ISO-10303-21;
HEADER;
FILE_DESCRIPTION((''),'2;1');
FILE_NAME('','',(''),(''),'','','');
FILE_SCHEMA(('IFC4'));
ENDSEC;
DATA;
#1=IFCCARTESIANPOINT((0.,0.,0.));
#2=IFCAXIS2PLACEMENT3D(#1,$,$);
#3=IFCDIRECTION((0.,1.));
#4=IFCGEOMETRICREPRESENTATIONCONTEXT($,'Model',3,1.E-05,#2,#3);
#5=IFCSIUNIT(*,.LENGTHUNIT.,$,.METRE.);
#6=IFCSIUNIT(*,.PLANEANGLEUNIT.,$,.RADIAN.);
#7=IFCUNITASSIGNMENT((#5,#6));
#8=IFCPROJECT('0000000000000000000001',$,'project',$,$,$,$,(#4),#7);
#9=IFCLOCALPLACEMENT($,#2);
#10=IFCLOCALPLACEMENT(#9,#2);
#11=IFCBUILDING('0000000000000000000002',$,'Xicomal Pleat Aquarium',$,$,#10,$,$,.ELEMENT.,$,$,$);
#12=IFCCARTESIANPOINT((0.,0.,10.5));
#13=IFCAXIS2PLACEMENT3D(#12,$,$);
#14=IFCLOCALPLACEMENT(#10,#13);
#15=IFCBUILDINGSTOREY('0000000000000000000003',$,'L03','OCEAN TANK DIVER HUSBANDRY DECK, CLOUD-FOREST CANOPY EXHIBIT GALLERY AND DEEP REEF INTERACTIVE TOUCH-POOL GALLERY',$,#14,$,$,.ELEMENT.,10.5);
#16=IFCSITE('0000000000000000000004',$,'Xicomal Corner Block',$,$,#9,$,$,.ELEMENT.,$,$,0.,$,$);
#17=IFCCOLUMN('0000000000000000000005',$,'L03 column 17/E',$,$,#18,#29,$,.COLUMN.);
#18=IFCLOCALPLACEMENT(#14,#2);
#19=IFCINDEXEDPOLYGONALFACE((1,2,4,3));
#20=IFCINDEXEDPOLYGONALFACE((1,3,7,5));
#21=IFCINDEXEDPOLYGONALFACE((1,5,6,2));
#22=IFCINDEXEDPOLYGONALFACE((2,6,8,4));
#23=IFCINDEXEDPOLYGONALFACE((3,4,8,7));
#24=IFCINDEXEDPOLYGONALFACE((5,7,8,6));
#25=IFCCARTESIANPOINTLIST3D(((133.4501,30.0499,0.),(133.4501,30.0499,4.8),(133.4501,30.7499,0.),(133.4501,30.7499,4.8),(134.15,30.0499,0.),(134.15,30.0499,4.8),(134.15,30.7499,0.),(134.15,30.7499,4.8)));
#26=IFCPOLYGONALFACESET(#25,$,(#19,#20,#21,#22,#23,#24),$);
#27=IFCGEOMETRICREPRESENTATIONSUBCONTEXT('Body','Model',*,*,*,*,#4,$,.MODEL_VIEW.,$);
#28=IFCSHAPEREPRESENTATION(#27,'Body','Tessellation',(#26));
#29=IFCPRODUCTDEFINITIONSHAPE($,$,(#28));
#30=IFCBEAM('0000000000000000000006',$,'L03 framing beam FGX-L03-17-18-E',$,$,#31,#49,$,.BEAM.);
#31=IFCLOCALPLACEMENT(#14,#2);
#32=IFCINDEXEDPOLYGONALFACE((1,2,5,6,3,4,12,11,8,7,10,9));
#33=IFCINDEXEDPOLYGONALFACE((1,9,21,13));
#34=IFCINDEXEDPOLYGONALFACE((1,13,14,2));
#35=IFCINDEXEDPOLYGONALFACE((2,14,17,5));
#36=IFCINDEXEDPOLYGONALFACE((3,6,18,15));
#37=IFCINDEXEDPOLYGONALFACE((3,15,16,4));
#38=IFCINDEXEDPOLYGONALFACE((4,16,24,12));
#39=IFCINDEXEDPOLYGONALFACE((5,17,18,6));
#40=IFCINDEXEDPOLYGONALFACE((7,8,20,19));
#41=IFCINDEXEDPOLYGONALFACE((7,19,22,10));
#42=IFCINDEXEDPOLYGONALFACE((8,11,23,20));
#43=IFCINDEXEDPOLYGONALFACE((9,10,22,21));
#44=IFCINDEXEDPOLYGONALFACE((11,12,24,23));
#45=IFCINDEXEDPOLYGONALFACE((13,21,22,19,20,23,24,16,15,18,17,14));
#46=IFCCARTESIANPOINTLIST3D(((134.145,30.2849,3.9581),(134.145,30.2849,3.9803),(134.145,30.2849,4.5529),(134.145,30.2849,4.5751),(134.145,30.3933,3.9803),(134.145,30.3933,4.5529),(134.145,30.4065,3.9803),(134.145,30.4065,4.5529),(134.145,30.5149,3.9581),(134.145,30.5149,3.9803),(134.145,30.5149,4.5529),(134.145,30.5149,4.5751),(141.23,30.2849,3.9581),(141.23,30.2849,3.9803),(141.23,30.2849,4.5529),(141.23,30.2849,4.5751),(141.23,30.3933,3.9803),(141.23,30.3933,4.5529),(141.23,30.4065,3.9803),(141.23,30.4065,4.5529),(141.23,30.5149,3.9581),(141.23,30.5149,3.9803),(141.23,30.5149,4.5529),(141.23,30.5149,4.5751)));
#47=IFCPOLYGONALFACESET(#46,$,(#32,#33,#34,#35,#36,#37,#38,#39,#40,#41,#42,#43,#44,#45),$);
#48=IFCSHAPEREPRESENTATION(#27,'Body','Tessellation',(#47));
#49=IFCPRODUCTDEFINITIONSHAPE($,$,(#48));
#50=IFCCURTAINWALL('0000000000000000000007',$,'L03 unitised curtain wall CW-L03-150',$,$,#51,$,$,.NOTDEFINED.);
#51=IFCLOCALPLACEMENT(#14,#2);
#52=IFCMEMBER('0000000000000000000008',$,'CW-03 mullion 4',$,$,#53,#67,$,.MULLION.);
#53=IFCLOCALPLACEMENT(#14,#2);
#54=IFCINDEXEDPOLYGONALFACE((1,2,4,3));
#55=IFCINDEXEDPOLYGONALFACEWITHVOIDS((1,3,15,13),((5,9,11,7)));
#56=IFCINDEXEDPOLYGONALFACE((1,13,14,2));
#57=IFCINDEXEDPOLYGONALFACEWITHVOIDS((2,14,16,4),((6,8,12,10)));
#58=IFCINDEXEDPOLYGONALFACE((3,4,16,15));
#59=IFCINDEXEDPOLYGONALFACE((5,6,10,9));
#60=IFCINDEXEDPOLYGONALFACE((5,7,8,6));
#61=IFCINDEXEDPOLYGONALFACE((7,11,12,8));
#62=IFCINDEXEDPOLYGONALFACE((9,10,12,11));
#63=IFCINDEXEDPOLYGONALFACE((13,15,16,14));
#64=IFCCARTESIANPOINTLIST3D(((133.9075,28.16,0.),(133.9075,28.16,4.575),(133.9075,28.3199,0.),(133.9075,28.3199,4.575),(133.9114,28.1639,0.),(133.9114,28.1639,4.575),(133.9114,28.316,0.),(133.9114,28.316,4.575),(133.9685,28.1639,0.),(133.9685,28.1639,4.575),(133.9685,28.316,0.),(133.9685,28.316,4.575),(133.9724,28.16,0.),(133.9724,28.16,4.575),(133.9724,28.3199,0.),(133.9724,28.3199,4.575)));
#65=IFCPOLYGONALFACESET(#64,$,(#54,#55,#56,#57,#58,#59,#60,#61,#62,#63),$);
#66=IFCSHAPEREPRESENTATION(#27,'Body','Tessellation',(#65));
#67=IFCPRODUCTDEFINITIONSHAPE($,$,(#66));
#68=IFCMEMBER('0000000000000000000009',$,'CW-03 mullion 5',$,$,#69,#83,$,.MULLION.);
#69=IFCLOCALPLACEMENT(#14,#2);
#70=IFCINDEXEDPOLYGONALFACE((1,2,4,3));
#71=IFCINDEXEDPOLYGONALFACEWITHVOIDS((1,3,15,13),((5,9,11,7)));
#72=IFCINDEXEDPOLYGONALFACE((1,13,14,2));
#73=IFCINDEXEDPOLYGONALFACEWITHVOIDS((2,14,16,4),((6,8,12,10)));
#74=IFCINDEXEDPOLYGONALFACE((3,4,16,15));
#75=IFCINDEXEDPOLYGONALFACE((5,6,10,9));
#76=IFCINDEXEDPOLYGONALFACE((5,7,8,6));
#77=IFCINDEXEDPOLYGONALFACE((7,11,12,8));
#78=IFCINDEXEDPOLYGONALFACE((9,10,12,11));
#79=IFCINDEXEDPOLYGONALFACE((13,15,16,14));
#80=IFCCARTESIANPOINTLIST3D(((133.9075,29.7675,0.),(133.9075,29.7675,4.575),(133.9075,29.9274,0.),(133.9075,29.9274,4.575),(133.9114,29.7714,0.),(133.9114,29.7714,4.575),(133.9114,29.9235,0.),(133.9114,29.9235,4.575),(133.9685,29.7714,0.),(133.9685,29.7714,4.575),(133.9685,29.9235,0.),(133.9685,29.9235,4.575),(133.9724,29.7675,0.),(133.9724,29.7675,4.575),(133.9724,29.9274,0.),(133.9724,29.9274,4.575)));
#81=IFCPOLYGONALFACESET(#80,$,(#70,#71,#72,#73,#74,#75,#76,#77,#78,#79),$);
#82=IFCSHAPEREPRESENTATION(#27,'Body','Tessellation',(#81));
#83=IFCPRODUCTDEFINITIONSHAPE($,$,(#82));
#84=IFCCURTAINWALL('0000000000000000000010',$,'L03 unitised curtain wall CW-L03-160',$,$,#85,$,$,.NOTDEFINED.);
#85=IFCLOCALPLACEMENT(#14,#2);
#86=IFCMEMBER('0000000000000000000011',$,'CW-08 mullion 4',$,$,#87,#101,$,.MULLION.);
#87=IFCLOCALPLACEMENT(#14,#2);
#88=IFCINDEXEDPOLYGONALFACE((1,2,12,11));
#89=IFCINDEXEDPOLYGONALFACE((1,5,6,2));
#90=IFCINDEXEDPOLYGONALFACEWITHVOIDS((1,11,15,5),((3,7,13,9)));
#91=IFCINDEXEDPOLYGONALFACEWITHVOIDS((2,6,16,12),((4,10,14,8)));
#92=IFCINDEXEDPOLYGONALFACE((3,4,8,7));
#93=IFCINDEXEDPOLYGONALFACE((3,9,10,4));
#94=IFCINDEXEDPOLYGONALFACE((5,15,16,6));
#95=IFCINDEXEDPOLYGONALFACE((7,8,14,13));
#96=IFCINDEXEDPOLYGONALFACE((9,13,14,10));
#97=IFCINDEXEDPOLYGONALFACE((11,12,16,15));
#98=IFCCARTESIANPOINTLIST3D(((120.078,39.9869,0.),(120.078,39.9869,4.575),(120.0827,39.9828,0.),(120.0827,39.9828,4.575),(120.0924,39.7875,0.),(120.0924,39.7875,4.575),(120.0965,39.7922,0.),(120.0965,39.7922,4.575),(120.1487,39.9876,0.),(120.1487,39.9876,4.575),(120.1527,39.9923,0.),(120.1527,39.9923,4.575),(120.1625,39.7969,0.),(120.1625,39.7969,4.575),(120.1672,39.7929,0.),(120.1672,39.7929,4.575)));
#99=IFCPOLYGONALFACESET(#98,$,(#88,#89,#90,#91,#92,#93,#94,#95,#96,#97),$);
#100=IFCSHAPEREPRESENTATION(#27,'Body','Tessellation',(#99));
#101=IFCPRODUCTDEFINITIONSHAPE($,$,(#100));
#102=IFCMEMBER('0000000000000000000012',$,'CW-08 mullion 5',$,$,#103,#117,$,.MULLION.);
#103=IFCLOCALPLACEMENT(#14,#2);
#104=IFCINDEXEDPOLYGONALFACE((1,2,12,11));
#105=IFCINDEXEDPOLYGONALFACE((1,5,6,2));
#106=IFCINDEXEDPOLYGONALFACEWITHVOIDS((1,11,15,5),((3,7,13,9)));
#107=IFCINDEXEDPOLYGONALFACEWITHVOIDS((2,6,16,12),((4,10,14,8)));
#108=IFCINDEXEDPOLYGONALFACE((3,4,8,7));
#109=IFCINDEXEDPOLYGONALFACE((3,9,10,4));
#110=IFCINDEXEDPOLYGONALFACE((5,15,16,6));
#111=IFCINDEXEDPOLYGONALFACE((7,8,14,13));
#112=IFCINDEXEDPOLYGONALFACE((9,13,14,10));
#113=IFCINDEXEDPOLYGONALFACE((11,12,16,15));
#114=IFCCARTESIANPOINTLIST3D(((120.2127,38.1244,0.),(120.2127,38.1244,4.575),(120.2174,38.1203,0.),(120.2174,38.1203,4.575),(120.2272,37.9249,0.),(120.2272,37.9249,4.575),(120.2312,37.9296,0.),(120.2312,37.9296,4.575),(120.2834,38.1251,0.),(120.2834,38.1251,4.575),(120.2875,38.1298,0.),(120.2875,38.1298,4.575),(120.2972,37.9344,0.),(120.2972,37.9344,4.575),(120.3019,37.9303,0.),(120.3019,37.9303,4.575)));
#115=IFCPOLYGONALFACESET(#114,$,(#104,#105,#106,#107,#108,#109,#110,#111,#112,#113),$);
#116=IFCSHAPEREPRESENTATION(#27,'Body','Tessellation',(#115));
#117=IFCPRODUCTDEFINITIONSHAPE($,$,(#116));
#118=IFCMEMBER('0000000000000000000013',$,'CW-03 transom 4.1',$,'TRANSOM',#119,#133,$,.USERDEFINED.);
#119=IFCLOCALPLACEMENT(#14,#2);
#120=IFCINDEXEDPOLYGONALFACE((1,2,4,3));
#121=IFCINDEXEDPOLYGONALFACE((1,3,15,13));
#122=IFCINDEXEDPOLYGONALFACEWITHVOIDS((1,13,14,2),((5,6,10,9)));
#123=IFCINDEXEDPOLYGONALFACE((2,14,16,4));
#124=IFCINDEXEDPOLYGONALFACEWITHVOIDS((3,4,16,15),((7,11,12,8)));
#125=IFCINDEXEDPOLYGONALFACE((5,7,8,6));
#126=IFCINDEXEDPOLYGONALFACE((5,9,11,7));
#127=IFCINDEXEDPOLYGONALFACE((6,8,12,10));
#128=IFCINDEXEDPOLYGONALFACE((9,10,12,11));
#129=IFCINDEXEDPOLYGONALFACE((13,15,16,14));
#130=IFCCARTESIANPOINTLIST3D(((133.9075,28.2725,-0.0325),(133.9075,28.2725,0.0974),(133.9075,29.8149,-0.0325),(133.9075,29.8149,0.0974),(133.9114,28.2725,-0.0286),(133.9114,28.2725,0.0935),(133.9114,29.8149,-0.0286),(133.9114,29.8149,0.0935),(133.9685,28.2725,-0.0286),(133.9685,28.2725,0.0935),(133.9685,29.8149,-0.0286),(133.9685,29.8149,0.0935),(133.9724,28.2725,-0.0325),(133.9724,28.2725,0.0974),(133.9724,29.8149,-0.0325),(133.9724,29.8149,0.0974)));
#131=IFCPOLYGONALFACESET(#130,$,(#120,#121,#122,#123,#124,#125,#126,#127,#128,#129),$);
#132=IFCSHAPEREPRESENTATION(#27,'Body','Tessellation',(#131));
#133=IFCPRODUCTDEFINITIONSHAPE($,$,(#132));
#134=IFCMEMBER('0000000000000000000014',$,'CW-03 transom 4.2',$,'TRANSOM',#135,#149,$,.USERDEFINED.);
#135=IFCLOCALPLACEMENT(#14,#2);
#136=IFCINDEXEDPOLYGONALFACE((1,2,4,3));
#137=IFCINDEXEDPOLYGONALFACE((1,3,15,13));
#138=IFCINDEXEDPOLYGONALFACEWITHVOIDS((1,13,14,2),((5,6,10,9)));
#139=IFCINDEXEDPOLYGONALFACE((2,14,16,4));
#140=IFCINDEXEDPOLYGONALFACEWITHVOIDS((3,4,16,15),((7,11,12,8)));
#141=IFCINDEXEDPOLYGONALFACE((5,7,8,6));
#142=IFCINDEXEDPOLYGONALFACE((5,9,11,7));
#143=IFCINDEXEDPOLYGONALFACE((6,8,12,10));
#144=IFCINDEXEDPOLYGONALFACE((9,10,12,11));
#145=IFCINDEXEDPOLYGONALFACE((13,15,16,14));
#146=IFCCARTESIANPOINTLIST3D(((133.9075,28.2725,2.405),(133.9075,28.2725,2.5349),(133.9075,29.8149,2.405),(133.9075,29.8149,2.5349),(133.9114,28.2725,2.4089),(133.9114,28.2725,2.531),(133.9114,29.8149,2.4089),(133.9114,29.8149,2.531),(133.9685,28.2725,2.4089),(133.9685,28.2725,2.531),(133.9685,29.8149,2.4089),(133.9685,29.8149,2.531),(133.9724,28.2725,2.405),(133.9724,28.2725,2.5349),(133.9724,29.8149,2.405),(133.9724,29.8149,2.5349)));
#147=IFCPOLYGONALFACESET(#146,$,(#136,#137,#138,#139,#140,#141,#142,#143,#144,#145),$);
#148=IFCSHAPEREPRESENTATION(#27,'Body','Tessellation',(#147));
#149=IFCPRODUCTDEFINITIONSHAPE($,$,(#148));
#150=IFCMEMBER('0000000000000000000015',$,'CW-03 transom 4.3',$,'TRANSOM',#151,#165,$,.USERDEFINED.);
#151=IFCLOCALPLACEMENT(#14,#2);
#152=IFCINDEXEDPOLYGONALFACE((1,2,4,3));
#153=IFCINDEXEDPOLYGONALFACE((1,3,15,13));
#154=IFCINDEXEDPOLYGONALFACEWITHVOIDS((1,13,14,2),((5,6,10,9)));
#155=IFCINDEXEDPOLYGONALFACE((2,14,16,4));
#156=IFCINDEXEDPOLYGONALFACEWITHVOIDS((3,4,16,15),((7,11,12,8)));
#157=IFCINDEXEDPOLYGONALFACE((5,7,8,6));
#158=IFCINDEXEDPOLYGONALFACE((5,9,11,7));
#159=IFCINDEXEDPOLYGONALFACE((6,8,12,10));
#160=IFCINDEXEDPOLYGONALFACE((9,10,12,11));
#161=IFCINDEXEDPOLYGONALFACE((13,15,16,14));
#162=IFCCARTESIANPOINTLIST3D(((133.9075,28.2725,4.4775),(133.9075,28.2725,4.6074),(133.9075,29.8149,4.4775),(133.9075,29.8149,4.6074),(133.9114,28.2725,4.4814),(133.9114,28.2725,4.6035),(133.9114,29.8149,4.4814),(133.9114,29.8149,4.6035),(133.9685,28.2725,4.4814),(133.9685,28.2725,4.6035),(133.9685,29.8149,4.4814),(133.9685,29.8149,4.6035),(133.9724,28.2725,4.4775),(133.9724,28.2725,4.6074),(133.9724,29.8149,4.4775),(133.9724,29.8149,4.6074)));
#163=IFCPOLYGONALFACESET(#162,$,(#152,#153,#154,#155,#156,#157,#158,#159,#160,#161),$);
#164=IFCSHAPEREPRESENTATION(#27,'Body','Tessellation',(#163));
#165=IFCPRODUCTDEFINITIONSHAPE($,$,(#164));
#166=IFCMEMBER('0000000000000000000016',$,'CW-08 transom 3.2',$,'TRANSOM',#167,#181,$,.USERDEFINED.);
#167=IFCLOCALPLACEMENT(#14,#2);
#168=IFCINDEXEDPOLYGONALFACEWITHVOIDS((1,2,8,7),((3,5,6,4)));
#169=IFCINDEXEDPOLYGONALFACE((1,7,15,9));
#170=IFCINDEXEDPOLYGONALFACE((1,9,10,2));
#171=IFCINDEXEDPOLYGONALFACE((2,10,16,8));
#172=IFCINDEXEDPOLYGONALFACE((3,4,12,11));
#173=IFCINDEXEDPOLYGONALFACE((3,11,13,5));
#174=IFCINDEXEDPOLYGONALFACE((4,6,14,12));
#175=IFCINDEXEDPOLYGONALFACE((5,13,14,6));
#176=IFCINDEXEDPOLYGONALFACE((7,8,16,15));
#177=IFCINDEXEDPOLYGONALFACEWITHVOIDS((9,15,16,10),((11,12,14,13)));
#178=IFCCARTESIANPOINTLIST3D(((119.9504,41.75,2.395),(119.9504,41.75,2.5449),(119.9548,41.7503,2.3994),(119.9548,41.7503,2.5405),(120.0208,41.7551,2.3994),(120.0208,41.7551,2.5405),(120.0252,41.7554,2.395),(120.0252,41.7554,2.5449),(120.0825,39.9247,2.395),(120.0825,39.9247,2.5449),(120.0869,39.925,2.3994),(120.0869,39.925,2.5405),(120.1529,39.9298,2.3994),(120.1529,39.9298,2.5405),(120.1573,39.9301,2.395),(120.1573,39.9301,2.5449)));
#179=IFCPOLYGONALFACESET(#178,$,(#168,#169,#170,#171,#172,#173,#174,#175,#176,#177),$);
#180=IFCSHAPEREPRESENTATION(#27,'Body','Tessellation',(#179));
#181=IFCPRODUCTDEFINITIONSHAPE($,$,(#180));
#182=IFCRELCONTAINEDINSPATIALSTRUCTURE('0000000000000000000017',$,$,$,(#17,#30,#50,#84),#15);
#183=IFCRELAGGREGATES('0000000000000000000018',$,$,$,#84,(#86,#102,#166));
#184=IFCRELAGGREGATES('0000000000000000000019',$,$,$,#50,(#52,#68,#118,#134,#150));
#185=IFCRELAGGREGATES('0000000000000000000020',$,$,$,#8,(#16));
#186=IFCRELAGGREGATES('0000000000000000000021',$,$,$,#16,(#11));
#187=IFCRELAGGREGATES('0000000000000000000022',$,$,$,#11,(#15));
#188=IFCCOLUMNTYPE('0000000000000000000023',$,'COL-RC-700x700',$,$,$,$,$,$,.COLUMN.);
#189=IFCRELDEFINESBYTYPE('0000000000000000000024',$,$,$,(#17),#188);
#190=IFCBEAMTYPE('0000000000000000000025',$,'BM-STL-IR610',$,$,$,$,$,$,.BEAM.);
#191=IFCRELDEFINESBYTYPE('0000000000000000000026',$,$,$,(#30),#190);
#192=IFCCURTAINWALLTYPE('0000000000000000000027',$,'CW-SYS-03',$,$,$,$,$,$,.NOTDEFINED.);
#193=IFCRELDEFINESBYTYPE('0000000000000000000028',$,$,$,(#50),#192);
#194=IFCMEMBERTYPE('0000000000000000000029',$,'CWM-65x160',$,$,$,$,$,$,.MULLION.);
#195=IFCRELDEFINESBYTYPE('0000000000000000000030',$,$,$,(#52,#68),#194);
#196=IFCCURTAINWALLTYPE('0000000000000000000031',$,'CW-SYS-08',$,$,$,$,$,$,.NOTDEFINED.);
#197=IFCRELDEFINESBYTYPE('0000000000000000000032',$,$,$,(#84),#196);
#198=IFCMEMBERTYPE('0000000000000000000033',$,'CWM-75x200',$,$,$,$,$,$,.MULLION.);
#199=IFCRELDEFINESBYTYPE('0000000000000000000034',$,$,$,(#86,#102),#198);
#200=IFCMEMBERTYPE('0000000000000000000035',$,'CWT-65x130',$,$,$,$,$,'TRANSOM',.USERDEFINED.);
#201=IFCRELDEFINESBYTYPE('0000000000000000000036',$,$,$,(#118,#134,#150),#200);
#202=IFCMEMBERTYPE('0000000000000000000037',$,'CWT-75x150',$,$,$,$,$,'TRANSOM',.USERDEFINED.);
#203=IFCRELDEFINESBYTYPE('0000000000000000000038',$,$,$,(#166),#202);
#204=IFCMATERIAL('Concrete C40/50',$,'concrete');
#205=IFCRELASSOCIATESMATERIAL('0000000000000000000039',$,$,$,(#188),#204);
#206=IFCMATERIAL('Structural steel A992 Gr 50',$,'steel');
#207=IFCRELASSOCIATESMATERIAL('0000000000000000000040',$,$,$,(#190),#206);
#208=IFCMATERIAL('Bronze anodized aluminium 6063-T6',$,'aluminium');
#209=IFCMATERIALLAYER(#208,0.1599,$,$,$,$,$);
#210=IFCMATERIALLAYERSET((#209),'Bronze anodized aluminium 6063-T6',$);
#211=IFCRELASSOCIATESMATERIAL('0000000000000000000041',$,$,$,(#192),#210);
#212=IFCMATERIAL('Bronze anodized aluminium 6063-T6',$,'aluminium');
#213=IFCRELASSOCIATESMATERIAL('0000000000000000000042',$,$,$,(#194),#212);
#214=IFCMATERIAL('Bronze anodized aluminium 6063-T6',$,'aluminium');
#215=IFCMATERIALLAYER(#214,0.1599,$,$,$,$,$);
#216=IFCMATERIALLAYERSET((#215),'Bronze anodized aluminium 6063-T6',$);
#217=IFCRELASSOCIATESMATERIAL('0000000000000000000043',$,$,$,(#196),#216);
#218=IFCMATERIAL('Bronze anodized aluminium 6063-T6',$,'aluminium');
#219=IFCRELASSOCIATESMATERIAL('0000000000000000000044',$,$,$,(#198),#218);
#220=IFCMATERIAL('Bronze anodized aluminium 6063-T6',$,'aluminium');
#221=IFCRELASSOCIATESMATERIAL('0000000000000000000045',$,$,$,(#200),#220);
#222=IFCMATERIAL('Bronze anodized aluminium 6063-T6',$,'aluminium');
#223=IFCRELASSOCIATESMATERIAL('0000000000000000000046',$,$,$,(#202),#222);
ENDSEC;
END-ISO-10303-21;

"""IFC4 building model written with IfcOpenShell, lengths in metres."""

from ifc_helpers import new_model, si_unit, direction, frame, origin, origin_2d, place, context, subcontext, project, spatial, rectangle, hollow_rectangle, i_section, extrude, material, layer, layer_set, material_profile, profile_set, type_object, element, aggregate, save


model = new_model("IFC4")

# Units and contexts
model_context = context("Model", 3, precision=1e-05, world=origin(), true_north=direction((0.0, 1.0)))
body_context = subcontext(model_context, "Body", "Model", "MODEL_VIEW")
ifc_project = project(units=[si_unit("LENGTHUNIT", "METRE"), si_unit("PLANEANGLEUNIT", "RADIAN")], contexts=[model_context])

# Site, building, storey
site_placement = place(None, origin())
site = spatial("IfcSite", under=ifc_project, at=site_placement, Name="Xicomal Corner Block", CompositionType="ELEMENT", RefElevation=0.0)
building_placement = place(site_placement, origin())
building = spatial("IfcBuilding", under=site, at=building_placement, Name="Xicomal Pleat Aquarium", CompositionType="ELEMENT")
storey_placement = place(building_placement, frame((0.0, 0.0, 10.5)))
storey = spatial("IfcBuildingStorey", under=building, at=storey_placement, Name="L03", Description="OCEAN TANK DIVER HUSBANDRY DECK, CLOUD-FOREST CANOPY EXHIBIT GALLERY AND DEEP REEF INTERACTIVE TOUCH-POOL GALLERY", CompositionType="ELEMENT", Elevation=10.5)

# Column
ifc_material_1 = material(Name="Concrete C40/50", Category="concrete")
ifc_material_profile_1 = material_profile(ifc_material_1, rectangle(XDim=0.7, YDim=0.7, at=origin_2d()), Name="RC 700x700")
ifc_profile_set_1 = profile_set([ifc_material_profile_1], Name="Concrete C40/50")
column_type = type_object("IfcColumnType", Name="COL-RC-700x700", PredefinedType="COLUMN", material=ifc_profile_set_1)
column_placement = place(storey_placement, frame((133.8, 30.3999, 0.0), z_axis=(0.0, 0.0, 1.0), x_axis=(1.0, 0.0, 0.0)))
element("IfcColumn", 1, at=column_placement, inside=storey, type_object=column_type, Name="L03 column 17/E", PredefinedType="COLUMN", context=body_context, shape_type="SweptSolid", body=[
    extrude(rectangle(XDim=0.7, YDim=0.7, at=origin_2d()), origin(), (0.0, 0.0, 1.0), 4.8),
])

# Beam
ifc_material_2 = material(Name="Structural steel A992 Gr 50", Category="steel")
ifc_material_profile_2 = material_profile(ifc_material_2, i_section(OverallWidth=0.23, OverallDepth=0.6169, WebThickness=0.0132, FlangeThickness=0.0222, at=origin_2d()), Name="IR 610x140")
ifc_profile_set_2 = profile_set([ifc_material_profile_2], Name="Structural steel A992 Gr 50")
beam_type = type_object("IfcBeamType", Name="BM-STL-IR610", PredefinedType="BEAM", material=ifc_profile_set_2)
beam_placement = place(storey_placement, frame((134.145, 30.3999, 4.2666), z_axis=(1.0, 0.0, 0.0), x_axis=(0.0, 1.0, 0.0)))
element("IfcBeam", 2, at=beam_placement, inside=storey, type_object=beam_type, Name="L03 framing beam FGX-L03-17-18-E", PredefinedType="BEAM", context=body_context, shape_type="SweptSolid", body=[
    extrude(i_section(OverallWidth=0.23, OverallDepth=0.6169, WebThickness=0.0132, FlangeThickness=0.0222, at=origin_2d()), origin(), (0.0, 0.0, 1.0), 7.085),
])

# Curtain walls, members
ifc_material_3 = material(Name="Bronze anodized aluminium 6063-T6", Category="aluminium")
ifc_layer_1 = layer(ifc_material_3, 0.1599)
ifc_layer_set_1 = layer_set([ifc_layer_1], Name="Bronze anodized aluminium 6063-T6")
curtain_wall_type_1 = type_object("IfcCurtainWallType", Name="CW-SYS-03", PredefinedType="NOTDEFINED", material=ifc_layer_set_1)
curtain_wall_1_placement = place(storey_placement, origin())
curtain_wall_1 = element("IfcCurtainWall", 3, at=curtain_wall_1_placement, inside=storey, type_object=curtain_wall_type_1, Name="L03 unitised curtain wall CW-L03-150", PredefinedType="NOTDEFINED")
ifc_material_4 = material(Name="Bronze anodized aluminium 6063-T6", Category="aluminium")
ifc_material_profile_3 = material_profile(ifc_material_4, hollow_rectangle(XDim=0.0649, YDim=0.1599, WallThickness=0.0039, at=origin_2d()), Name="ALU MULL 65x160")
ifc_profile_set_3 = profile_set([ifc_material_profile_3], Name="Bronze anodized aluminium 6063-T6")
member_type_1 = type_object("IfcMemberType", Name="CWM-65x160", PredefinedType="MULLION", material=ifc_profile_set_3)
member_1_placement = place(storey_placement, frame((133.9399, 28.24, 0.0), z_axis=(0.0, 0.0, 1.0), x_axis=(-1.0, 0.0, 0.0)))
member_1 = element("IfcMember", 4, at=member_1_placement, type_object=member_type_1, Name="CW-03 mullion 4", PredefinedType="MULLION", context=body_context, shape_type="SweptSolid", body=[
    extrude(hollow_rectangle(XDim=0.0649, YDim=0.1599, WallThickness=0.0039, at=origin_2d()), origin(), (0.0, 0.0, 1.0), 4.575),
])
member_2_placement = place(storey_placement, frame((133.9399, 29.8474, 0.0), z_axis=(0.0, 0.0, 1.0), x_axis=(-1.0, 0.0, 0.0)))
member_2 = element("IfcMember", 5, at=member_2_placement, type_object=member_type_1, Name="CW-03 mullion 5", PredefinedType="MULLION", context=body_context, shape_type="SweptSolid", body=[
    extrude(hollow_rectangle(XDim=0.0649, YDim=0.1599, WallThickness=0.0039, at=origin_2d()), origin(), (0.0, 0.0, 1.0), 4.575),
])
ifc_material_5 = material(Name="Bronze anodized aluminium 6063-T6", Category="aluminium")
ifc_layer_2 = layer(ifc_material_5, 0.1599)
ifc_layer_set_2 = layer_set([ifc_layer_2], Name="Bronze anodized aluminium 6063-T6")
curtain_wall_type_2 = type_object("IfcCurtainWallType", Name="CW-SYS-08", PredefinedType="NOTDEFINED", material=ifc_layer_set_2)
curtain_wall_2_placement = place(storey_placement, origin())
curtain_wall_2 = element("IfcCurtainWall", 6, at=curtain_wall_2_placement, inside=storey, type_object=curtain_wall_type_2, Name="L03 unitised curtain wall CW-L03-160", PredefinedType="NOTDEFINED")
ifc_material_6 = material(Name="Bronze anodized aluminium 6063-T6", Category="aluminium")
ifc_material_profile_4 = material_profile(ifc_material_6, hollow_rectangle(XDim=0.075, YDim=0.2, WallThickness=0.0044, at=origin_2d()), Name="ALU MULL 75x200")
ifc_profile_set_4 = profile_set([ifc_material_profile_4], Name="Bronze anodized aluminium 6063-T6")
member_type_2 = type_object("IfcMemberType", Name="CWM-75x200", PredefinedType="MULLION", material=ifc_profile_set_4)
member_3_placement = place(storey_placement, frame((120.1226, 39.8899, 0.0), z_axis=(0.0, 0.0, 1.0), x_axis=(0.997392, 0.07218, 0.0)))
member_3 = element("IfcMember", 7, at=member_3_placement, type_object=member_type_2, Name="CW-08 mullion 4", PredefinedType="MULLION", context=body_context, shape_type="SweptSolid", body=[
    extrude(hollow_rectangle(XDim=0.075, YDim=0.2, WallThickness=0.0044, at=origin_2d()), origin(), (0.0, 0.0, 1.0), 4.575),
])
member_4_placement = place(storey_placement, frame((120.2573, 38.0273, 0.0), z_axis=(0.0, 0.0, 1.0), x_axis=(0.997392, 0.07218, 0.0)))
member_4 = element("IfcMember", 8, at=member_4_placement, type_object=member_type_2, Name="CW-08 mullion 5", PredefinedType="MULLION", context=body_context, shape_type="SweptSolid", body=[
    extrude(hollow_rectangle(XDim=0.075, YDim=0.2, WallThickness=0.0044, at=origin_2d()), origin(), (0.0, 0.0, 1.0), 4.575),
])

# Members
ifc_material_7 = material(Name="Bronze anodized aluminium 6063-T6", Category="aluminium")
ifc_material_profile_5 = material_profile(ifc_material_7, hollow_rectangle(XDim=0.0649, YDim=0.1299, WallThickness=0.0039, at=origin_2d()), Name="ALU TRAN 65x130")
ifc_profile_set_5 = profile_set([ifc_material_profile_5], Name="Bronze anodized aluminium 6063-T6")
member_type_3 = type_object("IfcMemberType", Name="CWT-65x130", ElementType="TRANSOM", PredefinedType="USERDEFINED", material=ifc_profile_set_5)
member_5_placement = place(storey_placement, frame((133.9399, 28.2725, 0.0325), z_axis=(0.0, 1.0, 0.0), x_axis=(-1.0, 0.0, 0.0)))
member_5 = element("IfcMember", 9, at=member_5_placement, type_object=member_type_3, Name="CW-03 transom 4.1", ObjectType="TRANSOM", PredefinedType="USERDEFINED", context=body_context, shape_type="SweptSolid", body=[
    extrude(hollow_rectangle(XDim=0.0649, YDim=0.1299, WallThickness=0.0039, at=origin_2d()), origin(), (0.0, 0.0, 1.0), 1.5425),
])
member_6_placement = place(storey_placement, frame((133.9399, 28.2725, 2.47), z_axis=(0.0, 1.0, 0.0), x_axis=(-1.0, 0.0, 0.0)))
member_6 = element("IfcMember", 10, at=member_6_placement, type_object=member_type_3, Name="CW-03 transom 4.2", ObjectType="TRANSOM", PredefinedType="USERDEFINED", context=body_context, shape_type="SweptSolid", body=[
    extrude(hollow_rectangle(XDim=0.0649, YDim=0.1299, WallThickness=0.0039, at=origin_2d()), origin(), (0.0, 0.0, 1.0), 1.5425),
])
member_7_placement = place(storey_placement, frame((133.9399, 28.2725, 4.5425), z_axis=(0.0, 1.0, 0.0), x_axis=(-1.0, 0.0, 0.0)))
member_7 = element("IfcMember", 11, at=member_7_placement, type_object=member_type_3, Name="CW-03 transom 4.3", ObjectType="TRANSOM", PredefinedType="USERDEFINED", context=body_context, shape_type="SweptSolid", body=[
    extrude(hollow_rectangle(XDim=0.0649, YDim=0.1299, WallThickness=0.0039, at=origin_2d()), origin(), (0.0, 0.0, 1.0), 1.5425),
])
ifc_material_8 = material(Name="Bronze anodized aluminium 6063-T6", Category="aluminium")
ifc_material_profile_6 = material_profile(ifc_material_8, hollow_rectangle(XDim=0.075, YDim=0.1499, WallThickness=0.0044, at=origin_2d()), Name="ALU TRAN 75x150")
ifc_profile_set_6 = profile_set([ifc_material_profile_6], Name="Bronze anodized aluminium 6063-T6")
member_type_4 = type_object("IfcMemberType", Name="CWT-75x150", ElementType="TRANSOM", PredefinedType="USERDEFINED", material=ifc_profile_set_6)
member_8_placement = place(storey_placement, frame((119.9878, 41.7527, 2.47), z_axis=(0.072176, -0.997392, 0.0), x_axis=(0.997392, 0.072176, 0.0)))
member_8 = element("IfcMember", 12, at=member_8_placement, type_object=member_type_4, Name="CW-08 transom 3.2", ObjectType="TRANSOM", PredefinedType="USERDEFINED", context=body_context, shape_type="SweptSolid", body=[
    extrude(hollow_rectangle(XDim=0.075, YDim=0.1499, WallThickness=0.0044, at=origin_2d()), origin(), (0.0, 0.0, 1.0), 1.8301),
])

aggregate(curtain_wall_2, [member_3, member_4, member_8])
aggregate(curtain_wall_1, [member_1, member_2, member_5, member_6, member_7])

save(model, "model.ifc")
